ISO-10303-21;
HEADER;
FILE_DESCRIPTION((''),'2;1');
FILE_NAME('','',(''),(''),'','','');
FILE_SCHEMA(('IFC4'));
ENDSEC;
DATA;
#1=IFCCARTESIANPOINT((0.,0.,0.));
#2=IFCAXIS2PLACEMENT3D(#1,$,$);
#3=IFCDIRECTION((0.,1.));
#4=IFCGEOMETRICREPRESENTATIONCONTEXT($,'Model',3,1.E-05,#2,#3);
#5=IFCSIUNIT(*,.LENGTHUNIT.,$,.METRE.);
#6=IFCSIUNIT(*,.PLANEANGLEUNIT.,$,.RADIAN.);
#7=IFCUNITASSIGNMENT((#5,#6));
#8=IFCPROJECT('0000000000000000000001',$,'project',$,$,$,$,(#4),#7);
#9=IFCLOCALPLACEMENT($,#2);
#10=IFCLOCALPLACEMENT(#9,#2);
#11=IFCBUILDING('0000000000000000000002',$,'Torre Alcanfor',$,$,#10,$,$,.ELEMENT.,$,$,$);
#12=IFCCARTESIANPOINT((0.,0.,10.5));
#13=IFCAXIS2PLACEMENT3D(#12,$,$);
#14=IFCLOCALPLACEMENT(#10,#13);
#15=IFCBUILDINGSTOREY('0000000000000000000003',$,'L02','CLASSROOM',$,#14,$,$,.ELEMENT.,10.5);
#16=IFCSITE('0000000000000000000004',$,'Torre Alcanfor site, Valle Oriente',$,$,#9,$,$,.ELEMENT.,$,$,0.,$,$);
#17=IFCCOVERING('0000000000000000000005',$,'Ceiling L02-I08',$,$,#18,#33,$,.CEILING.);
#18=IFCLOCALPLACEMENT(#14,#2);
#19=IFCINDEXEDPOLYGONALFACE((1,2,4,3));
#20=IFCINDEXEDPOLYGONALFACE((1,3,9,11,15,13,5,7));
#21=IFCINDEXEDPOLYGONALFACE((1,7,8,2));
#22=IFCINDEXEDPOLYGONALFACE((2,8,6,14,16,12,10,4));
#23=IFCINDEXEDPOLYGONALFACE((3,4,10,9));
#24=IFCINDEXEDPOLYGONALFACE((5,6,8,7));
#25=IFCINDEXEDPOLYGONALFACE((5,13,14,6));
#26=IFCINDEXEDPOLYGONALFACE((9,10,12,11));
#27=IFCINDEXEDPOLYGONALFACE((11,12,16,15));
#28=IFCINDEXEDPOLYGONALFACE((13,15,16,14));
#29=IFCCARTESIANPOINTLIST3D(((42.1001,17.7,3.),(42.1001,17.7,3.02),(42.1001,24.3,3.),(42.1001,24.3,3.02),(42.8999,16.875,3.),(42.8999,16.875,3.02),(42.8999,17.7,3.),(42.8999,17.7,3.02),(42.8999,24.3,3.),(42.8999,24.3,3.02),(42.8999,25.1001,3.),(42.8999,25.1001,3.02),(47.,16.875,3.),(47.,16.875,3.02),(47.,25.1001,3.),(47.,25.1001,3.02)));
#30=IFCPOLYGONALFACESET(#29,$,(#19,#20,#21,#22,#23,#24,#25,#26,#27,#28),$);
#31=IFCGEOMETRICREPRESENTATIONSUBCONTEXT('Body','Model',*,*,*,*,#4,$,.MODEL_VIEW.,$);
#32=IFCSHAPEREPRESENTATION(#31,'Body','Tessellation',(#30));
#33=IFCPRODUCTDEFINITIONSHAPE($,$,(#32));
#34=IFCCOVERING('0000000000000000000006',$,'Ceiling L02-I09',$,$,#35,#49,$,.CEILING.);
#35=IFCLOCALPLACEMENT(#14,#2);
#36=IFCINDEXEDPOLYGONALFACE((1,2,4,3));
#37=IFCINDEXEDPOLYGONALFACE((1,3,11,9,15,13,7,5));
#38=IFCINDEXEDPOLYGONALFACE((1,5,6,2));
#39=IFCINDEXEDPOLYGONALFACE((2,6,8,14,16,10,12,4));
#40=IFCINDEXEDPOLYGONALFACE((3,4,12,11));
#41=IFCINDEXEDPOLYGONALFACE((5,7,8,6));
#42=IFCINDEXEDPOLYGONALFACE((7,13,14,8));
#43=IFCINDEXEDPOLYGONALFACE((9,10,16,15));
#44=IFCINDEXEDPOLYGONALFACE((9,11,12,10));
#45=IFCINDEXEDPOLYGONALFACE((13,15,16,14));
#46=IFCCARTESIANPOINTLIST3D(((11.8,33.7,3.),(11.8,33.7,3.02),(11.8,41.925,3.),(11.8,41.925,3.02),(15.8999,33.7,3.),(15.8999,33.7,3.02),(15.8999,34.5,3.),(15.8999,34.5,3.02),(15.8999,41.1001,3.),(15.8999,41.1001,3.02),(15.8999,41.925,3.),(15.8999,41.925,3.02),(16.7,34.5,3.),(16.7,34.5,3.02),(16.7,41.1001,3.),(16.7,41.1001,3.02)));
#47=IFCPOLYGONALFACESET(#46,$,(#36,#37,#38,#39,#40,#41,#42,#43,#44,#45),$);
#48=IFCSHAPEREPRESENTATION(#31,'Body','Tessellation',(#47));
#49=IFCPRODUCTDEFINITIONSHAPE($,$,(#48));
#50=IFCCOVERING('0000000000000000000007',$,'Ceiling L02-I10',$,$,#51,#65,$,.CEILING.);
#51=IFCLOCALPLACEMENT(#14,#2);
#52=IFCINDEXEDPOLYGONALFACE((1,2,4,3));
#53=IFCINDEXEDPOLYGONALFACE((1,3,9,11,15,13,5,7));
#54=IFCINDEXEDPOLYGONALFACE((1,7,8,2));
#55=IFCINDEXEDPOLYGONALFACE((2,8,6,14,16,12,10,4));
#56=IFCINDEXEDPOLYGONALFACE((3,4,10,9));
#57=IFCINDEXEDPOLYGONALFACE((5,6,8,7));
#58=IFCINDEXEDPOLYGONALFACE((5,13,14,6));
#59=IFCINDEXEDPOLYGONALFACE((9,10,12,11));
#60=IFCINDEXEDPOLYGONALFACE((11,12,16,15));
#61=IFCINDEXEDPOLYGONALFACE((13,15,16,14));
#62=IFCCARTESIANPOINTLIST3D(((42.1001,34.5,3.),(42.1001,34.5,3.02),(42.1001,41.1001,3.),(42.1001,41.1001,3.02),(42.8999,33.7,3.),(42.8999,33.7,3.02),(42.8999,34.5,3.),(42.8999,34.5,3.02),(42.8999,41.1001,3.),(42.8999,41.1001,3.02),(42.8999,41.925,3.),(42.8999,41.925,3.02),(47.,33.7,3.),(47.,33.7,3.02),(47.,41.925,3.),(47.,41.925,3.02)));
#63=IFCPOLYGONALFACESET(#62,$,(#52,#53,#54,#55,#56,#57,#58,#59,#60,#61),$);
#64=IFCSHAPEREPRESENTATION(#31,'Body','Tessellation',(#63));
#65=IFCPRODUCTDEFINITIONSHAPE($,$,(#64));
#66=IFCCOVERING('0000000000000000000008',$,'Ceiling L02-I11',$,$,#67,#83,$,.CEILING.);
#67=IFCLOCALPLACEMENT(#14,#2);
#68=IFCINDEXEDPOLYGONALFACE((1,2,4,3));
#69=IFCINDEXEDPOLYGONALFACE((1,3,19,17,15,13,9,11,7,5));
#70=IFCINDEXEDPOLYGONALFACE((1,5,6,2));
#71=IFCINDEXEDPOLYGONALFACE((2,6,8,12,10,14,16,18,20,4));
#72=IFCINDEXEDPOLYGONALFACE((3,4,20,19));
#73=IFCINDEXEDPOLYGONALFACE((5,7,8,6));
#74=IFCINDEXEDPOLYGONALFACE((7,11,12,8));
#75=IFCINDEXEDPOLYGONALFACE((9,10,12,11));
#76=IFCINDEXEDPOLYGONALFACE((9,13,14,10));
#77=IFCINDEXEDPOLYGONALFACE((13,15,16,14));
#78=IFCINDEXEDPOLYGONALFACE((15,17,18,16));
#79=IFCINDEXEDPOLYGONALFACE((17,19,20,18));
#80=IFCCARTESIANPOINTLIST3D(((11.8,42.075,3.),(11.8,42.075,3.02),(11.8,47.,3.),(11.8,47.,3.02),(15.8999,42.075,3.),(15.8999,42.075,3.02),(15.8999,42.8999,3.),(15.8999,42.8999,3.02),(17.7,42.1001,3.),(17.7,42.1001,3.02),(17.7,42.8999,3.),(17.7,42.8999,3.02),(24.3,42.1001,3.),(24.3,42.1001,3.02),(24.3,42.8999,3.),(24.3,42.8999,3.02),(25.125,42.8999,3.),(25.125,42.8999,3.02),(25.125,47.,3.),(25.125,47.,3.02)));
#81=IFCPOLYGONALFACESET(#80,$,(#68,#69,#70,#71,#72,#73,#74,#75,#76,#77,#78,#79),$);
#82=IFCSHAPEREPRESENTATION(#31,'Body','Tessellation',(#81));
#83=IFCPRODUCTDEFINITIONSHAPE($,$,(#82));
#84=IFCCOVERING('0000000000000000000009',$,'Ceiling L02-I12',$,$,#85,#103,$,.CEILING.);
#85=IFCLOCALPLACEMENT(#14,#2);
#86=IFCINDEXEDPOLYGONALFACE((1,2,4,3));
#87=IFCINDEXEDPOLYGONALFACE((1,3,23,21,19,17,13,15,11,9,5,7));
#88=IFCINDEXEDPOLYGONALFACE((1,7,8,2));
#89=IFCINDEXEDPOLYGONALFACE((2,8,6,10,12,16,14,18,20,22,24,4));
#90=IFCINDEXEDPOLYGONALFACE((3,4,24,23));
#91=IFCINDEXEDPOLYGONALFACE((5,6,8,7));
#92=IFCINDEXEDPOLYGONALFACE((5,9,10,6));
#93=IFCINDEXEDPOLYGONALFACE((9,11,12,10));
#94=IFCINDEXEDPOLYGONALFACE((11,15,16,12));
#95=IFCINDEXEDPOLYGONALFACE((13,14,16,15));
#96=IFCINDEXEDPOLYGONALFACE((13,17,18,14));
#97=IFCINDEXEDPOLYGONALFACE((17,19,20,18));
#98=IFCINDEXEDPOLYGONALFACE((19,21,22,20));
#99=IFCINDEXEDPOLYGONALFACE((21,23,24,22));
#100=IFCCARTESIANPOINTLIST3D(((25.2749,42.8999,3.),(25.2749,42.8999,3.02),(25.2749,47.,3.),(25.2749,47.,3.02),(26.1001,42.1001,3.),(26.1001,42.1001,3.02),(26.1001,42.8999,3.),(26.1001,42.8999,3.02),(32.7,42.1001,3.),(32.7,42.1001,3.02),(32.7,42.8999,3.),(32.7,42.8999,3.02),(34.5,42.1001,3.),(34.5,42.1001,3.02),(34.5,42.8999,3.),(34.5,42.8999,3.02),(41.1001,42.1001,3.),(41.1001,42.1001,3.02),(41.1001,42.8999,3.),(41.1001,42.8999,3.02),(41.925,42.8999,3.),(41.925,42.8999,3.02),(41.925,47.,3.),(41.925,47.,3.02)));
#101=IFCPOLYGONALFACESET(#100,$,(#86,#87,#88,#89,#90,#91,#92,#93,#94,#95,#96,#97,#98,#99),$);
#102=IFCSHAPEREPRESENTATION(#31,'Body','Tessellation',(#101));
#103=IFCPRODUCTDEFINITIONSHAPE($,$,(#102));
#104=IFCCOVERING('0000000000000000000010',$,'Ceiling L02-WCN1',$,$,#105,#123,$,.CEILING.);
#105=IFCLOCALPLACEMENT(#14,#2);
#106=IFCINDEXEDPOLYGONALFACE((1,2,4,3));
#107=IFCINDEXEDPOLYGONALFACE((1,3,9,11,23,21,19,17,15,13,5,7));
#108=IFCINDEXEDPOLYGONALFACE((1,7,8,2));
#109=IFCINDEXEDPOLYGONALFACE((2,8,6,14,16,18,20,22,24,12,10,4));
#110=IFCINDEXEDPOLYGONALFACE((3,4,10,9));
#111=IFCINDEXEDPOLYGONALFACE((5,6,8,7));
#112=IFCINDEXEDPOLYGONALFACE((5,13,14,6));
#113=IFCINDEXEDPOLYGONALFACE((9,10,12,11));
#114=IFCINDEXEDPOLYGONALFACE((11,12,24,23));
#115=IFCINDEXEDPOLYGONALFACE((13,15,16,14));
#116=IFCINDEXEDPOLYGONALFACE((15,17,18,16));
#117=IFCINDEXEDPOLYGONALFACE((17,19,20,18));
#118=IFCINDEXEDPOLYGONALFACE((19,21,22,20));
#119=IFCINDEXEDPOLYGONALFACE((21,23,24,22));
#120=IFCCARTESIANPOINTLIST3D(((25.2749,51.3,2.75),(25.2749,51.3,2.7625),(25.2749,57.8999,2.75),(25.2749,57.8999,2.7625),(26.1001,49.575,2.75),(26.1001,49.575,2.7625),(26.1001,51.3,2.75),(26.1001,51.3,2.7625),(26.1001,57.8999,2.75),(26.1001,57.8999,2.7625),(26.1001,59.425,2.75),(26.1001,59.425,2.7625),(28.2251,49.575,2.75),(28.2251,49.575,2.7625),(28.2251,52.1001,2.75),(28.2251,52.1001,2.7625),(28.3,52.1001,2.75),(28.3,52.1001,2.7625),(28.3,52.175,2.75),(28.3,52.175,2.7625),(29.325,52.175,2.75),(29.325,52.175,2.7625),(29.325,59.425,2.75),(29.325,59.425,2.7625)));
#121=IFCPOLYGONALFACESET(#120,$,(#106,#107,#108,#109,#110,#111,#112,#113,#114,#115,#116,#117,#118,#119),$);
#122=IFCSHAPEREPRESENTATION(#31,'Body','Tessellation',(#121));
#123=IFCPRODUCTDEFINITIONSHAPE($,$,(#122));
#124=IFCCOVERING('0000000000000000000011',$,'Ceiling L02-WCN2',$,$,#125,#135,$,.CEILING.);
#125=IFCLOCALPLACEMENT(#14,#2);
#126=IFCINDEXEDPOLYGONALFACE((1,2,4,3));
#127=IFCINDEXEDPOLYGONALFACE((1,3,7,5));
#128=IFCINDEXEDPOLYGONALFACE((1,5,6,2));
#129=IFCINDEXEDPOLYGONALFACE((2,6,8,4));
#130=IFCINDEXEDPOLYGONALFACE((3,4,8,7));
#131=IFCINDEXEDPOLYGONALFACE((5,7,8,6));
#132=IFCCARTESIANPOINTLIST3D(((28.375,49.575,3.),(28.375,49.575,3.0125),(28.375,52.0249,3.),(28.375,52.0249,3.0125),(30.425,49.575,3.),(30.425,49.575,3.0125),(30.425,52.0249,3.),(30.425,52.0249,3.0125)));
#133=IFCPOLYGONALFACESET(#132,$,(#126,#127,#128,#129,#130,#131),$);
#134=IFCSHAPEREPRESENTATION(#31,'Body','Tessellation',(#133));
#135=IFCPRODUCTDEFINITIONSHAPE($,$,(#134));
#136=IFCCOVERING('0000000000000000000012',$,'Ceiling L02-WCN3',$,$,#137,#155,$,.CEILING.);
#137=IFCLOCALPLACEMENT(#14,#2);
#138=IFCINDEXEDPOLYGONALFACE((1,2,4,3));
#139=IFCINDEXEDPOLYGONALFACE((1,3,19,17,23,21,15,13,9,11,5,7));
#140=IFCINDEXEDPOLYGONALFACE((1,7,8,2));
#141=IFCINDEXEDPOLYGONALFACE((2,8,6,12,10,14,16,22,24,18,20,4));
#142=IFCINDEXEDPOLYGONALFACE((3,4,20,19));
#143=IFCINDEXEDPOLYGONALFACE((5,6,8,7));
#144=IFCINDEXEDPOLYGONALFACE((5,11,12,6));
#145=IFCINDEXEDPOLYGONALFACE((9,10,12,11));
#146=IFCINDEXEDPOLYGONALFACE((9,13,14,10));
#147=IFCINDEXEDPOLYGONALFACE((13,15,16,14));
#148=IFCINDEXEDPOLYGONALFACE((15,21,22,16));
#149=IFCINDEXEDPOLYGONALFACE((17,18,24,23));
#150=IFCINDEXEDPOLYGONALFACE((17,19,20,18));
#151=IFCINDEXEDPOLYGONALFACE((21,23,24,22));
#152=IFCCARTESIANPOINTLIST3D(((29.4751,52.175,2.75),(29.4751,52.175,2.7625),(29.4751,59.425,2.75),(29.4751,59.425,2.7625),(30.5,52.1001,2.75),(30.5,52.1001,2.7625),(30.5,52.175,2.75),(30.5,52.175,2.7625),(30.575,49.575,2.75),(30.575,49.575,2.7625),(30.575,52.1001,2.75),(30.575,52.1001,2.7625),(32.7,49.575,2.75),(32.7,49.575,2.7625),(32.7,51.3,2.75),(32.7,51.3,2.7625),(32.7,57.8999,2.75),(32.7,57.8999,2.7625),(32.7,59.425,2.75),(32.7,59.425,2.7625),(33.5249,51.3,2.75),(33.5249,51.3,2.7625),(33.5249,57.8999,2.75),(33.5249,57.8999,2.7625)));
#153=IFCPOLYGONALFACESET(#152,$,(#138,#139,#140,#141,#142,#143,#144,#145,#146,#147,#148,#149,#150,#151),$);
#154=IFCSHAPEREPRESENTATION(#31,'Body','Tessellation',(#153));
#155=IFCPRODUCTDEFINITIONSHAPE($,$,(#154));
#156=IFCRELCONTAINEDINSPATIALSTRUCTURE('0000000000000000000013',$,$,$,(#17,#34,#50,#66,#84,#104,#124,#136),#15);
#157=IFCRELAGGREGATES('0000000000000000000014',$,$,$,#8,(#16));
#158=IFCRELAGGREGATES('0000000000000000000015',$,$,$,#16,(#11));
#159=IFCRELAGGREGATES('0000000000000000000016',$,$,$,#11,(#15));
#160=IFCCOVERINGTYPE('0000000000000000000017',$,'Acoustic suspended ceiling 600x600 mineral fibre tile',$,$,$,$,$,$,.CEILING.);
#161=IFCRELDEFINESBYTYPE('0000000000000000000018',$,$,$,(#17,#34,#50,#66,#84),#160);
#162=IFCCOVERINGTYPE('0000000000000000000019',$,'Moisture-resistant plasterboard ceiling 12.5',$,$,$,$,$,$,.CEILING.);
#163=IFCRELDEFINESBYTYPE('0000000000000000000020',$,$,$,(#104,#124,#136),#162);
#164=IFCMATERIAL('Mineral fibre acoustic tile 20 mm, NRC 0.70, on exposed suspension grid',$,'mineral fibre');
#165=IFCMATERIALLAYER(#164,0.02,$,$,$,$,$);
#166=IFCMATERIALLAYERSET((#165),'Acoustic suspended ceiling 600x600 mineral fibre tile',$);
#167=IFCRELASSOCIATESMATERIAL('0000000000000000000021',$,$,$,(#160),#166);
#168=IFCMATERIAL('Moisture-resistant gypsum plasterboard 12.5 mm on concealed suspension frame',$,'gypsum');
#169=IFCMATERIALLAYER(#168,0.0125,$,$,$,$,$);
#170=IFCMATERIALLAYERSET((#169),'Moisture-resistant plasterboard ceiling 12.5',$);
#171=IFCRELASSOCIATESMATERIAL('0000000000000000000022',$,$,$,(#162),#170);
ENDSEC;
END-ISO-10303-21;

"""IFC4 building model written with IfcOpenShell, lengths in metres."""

from ifc_helpers import new_model, si_unit, direction, frame, origin, place, context, subcontext, project, spatial, polyline, outline, extrude, material, layer, layer_set, type_object, element, save


model = new_model("IFC4")

# Units and contexts
model_context = context("Model", 3, precision=1e-05, world=origin(), true_north=direction((0.0, 1.0)))
body_context = subcontext(model_context, "Body", "Model", "MODEL_VIEW")
ifc_project = project(units=[si_unit("LENGTHUNIT", "METRE"), si_unit("PLANEANGLEUNIT", "RADIAN")], contexts=[model_context])

# Site, building, storey
site_placement = place(None, origin())
site = spatial("IfcSite", under=ifc_project, at=site_placement, Name="Torre Alcanfor site, Valle Oriente", CompositionType="ELEMENT", RefElevation=0.0)
building_placement = place(site_placement, origin())
building = spatial("IfcBuilding", under=site, at=building_placement, Name="Torre Alcanfor", CompositionType="ELEMENT")
storey_placement = place(building_placement, frame((0.0, 0.0, 10.5)))
storey = spatial("IfcBuildingStorey", under=building, at=storey_placement, Name="L02", Description="CLASSROOM", CompositionType="ELEMENT", Elevation=10.5)

# Coverings
ifc_material_1 = material(Name="Mineral fibre acoustic tile 20 mm, NRC 0.70, on exposed suspension grid", Category="mineral fibre")
ifc_layer_1 = layer(ifc_material_1, 0.02)
ifc_layer_set_1 = layer_set([ifc_layer_1], Name="Acoustic suspended ceiling 600x600 mineral fibre tile")
covering_type_1 = type_object("IfcCoveringType", Name="Acoustic suspended ceiling 600x600 mineral fibre tile", PredefinedType="CEILING", material=ifc_layer_set_1)
covering_1_placement = place(storey_placement, frame((0.0, 0.0, 3.0)))
element("IfcCovering", 1, at=covering_1_placement, inside=storey, type_object=covering_type_1, Name="Ceiling L02-I08", PredefinedType="CEILING", context=body_context, shape_type="SweptSolid", body=[
    extrude(outline(polyline([(42.8999, 25.1001), (42.8999, 24.3), (42.1001, 24.3), (42.1001, 17.7), (42.8999, 17.7), (42.8999, 16.875), (47.0, 16.875), (47.0, 25.1001), (42.8999, 25.1001)])), origin(), (0.0, 0.0, 1.0), 0.02),
])
covering_2_placement = place(storey_placement, frame((0.0, 0.0, 3.0)))
element("IfcCovering", 2, at=covering_2_placement, inside=storey, type_object=covering_type_1, Name="Ceiling L02-I09", PredefinedType="CEILING", context=body_context, shape_type="SweptSolid", body=[
    extrude(outline(polyline([(15.8999, 33.7), (15.8999, 34.5), (16.7, 34.5), (16.7, 41.1001), (15.8999, 41.1001), (15.8999, 41.925), (11.8, 41.925), (11.8, 33.7), (15.8999, 33.7)])), origin(), (0.0, 0.0, 1.0), 0.02),
])
covering_3_placement = place(storey_placement, frame((0.0, 0.0, 3.0)))
element("IfcCovering", 3, at=covering_3_placement, inside=storey, type_object=covering_type_1, Name="Ceiling L02-I10", PredefinedType="CEILING", context=body_context, shape_type="SweptSolid", body=[
    extrude(outline(polyline([(42.1001, 34.5), (42.8999, 34.5), (42.8999, 33.7), (47.0, 33.7), (47.0, 41.925), (42.8999, 41.925), (42.8999, 41.1001), (42.1001, 41.1001), (42.1001, 34.5)])), origin(), (0.0, 0.0, 1.0), 0.02),
])
covering_4_placement = place(storey_placement, frame((0.0, 0.0, 3.0)))
element("IfcCovering", 4, at=covering_4_placement, inside=storey, type_object=covering_type_1, Name="Ceiling L02-I11", PredefinedType="CEILING", context=body_context, shape_type="SweptSolid", body=[
    extrude(outline(polyline([(24.3, 42.1001), (24.3, 42.8999), (25.125, 42.8999), (25.125, 47.0), (11.8, 47.0), (11.8, 42.075), (15.8999, 42.075), (15.8999, 42.8999), (17.7, 42.8999), (17.7, 42.1001), (24.3, 42.1001)])), origin(), (0.0, 0.0, 1.0), 0.02),
])
covering_5_placement = place(storey_placement, frame((0.0, 0.0, 3.0)))
element("IfcCovering", 5, at=covering_5_placement, inside=storey, type_object=covering_type_1, Name="Ceiling L02-I12", PredefinedType="CEILING", context=body_context, shape_type="SweptSolid", body=[
    extrude(outline(polyline([(41.1001, 42.1001), (41.1001, 42.8999), (41.925, 42.8999), (41.925, 47.0), (25.2749, 47.0), (25.2749, 42.8999), (26.1001, 42.8999), (26.1001, 42.1001), (32.7, 42.1001), (32.7, 42.8999), (34.5, 42.8999), (34.5, 42.1001), (41.1001, 42.1001)])), origin(), (0.0, 0.0, 1.0), 0.02),
])
ifc_material_2 = material(Name="Moisture-resistant gypsum plasterboard 12.5 mm on concealed suspension frame", Category="gypsum")
ifc_layer_2 = layer(ifc_material_2, 0.0125)
ifc_layer_set_2 = layer_set([ifc_layer_2], Name="Moisture-resistant plasterboard ceiling 12.5")
covering_type_2 = type_object("IfcCoveringType", Name="Moisture-resistant plasterboard ceiling 12.5", PredefinedType="CEILING", material=ifc_layer_set_2)
covering_6_placement = place(storey_placement, frame((0.0, 0.0, 2.75)))
element("IfcCovering", 6, at=covering_6_placement, inside=storey, type_object=covering_type_2, Name="Ceiling L02-WCN1", PredefinedType="CEILING", context=body_context, shape_type="SweptSolid", body=[
    extrude(outline(polyline([(25.2749, 51.3), (26.1001, 51.3), (26.1001, 49.575), (28.2251, 49.575), (28.2251, 52.1001), (28.3, 52.1001), (28.3, 52.175), (29.325, 52.175), (29.325, 59.425), (26.1001, 59.425), (26.1001, 57.8999), (25.2749, 57.8999), (25.2749, 51.3)])), origin(), (0.0, 0.0, 1.0), 0.0125),
])
covering_7_placement = place(storey_placement, frame((0.0, 0.0, 3.0)))
element("IfcCovering", 7, at=covering_7_placement, inside=storey, type_object=covering_type_2, Name="Ceiling L02-WCN2", PredefinedType="CEILING", context=body_context, shape_type="SweptSolid", body=[
    extrude(outline(polyline([(30.425, 52.0249), (28.375, 52.0249), (28.375, 49.575), (30.425, 49.575), (30.425, 52.0249)])), origin(), (0.0, 0.0, 1.0), 0.0125),
])
covering_8_placement = place(storey_placement, frame((0.0, 0.0, 2.75)))
element("IfcCovering", 8, at=covering_8_placement, inside=storey, type_object=covering_type_2, Name="Ceiling L02-WCN3", PredefinedType="CEILING", context=body_context, shape_type="SweptSolid", body=[
    extrude(outline(polyline([(33.5249, 57.8999), (32.7, 57.8999), (32.7, 59.425), (29.4751, 59.425), (29.4751, 52.175), (30.5, 52.175), (30.5, 52.1001), (30.575, 52.1001), (30.575, 49.575), (32.7, 49.575), (32.7, 51.3), (33.5249, 51.3), (33.5249, 57.8999)])), origin(), (0.0, 0.0, 1.0), 0.0125),
])

save(model, "model.ifc")
